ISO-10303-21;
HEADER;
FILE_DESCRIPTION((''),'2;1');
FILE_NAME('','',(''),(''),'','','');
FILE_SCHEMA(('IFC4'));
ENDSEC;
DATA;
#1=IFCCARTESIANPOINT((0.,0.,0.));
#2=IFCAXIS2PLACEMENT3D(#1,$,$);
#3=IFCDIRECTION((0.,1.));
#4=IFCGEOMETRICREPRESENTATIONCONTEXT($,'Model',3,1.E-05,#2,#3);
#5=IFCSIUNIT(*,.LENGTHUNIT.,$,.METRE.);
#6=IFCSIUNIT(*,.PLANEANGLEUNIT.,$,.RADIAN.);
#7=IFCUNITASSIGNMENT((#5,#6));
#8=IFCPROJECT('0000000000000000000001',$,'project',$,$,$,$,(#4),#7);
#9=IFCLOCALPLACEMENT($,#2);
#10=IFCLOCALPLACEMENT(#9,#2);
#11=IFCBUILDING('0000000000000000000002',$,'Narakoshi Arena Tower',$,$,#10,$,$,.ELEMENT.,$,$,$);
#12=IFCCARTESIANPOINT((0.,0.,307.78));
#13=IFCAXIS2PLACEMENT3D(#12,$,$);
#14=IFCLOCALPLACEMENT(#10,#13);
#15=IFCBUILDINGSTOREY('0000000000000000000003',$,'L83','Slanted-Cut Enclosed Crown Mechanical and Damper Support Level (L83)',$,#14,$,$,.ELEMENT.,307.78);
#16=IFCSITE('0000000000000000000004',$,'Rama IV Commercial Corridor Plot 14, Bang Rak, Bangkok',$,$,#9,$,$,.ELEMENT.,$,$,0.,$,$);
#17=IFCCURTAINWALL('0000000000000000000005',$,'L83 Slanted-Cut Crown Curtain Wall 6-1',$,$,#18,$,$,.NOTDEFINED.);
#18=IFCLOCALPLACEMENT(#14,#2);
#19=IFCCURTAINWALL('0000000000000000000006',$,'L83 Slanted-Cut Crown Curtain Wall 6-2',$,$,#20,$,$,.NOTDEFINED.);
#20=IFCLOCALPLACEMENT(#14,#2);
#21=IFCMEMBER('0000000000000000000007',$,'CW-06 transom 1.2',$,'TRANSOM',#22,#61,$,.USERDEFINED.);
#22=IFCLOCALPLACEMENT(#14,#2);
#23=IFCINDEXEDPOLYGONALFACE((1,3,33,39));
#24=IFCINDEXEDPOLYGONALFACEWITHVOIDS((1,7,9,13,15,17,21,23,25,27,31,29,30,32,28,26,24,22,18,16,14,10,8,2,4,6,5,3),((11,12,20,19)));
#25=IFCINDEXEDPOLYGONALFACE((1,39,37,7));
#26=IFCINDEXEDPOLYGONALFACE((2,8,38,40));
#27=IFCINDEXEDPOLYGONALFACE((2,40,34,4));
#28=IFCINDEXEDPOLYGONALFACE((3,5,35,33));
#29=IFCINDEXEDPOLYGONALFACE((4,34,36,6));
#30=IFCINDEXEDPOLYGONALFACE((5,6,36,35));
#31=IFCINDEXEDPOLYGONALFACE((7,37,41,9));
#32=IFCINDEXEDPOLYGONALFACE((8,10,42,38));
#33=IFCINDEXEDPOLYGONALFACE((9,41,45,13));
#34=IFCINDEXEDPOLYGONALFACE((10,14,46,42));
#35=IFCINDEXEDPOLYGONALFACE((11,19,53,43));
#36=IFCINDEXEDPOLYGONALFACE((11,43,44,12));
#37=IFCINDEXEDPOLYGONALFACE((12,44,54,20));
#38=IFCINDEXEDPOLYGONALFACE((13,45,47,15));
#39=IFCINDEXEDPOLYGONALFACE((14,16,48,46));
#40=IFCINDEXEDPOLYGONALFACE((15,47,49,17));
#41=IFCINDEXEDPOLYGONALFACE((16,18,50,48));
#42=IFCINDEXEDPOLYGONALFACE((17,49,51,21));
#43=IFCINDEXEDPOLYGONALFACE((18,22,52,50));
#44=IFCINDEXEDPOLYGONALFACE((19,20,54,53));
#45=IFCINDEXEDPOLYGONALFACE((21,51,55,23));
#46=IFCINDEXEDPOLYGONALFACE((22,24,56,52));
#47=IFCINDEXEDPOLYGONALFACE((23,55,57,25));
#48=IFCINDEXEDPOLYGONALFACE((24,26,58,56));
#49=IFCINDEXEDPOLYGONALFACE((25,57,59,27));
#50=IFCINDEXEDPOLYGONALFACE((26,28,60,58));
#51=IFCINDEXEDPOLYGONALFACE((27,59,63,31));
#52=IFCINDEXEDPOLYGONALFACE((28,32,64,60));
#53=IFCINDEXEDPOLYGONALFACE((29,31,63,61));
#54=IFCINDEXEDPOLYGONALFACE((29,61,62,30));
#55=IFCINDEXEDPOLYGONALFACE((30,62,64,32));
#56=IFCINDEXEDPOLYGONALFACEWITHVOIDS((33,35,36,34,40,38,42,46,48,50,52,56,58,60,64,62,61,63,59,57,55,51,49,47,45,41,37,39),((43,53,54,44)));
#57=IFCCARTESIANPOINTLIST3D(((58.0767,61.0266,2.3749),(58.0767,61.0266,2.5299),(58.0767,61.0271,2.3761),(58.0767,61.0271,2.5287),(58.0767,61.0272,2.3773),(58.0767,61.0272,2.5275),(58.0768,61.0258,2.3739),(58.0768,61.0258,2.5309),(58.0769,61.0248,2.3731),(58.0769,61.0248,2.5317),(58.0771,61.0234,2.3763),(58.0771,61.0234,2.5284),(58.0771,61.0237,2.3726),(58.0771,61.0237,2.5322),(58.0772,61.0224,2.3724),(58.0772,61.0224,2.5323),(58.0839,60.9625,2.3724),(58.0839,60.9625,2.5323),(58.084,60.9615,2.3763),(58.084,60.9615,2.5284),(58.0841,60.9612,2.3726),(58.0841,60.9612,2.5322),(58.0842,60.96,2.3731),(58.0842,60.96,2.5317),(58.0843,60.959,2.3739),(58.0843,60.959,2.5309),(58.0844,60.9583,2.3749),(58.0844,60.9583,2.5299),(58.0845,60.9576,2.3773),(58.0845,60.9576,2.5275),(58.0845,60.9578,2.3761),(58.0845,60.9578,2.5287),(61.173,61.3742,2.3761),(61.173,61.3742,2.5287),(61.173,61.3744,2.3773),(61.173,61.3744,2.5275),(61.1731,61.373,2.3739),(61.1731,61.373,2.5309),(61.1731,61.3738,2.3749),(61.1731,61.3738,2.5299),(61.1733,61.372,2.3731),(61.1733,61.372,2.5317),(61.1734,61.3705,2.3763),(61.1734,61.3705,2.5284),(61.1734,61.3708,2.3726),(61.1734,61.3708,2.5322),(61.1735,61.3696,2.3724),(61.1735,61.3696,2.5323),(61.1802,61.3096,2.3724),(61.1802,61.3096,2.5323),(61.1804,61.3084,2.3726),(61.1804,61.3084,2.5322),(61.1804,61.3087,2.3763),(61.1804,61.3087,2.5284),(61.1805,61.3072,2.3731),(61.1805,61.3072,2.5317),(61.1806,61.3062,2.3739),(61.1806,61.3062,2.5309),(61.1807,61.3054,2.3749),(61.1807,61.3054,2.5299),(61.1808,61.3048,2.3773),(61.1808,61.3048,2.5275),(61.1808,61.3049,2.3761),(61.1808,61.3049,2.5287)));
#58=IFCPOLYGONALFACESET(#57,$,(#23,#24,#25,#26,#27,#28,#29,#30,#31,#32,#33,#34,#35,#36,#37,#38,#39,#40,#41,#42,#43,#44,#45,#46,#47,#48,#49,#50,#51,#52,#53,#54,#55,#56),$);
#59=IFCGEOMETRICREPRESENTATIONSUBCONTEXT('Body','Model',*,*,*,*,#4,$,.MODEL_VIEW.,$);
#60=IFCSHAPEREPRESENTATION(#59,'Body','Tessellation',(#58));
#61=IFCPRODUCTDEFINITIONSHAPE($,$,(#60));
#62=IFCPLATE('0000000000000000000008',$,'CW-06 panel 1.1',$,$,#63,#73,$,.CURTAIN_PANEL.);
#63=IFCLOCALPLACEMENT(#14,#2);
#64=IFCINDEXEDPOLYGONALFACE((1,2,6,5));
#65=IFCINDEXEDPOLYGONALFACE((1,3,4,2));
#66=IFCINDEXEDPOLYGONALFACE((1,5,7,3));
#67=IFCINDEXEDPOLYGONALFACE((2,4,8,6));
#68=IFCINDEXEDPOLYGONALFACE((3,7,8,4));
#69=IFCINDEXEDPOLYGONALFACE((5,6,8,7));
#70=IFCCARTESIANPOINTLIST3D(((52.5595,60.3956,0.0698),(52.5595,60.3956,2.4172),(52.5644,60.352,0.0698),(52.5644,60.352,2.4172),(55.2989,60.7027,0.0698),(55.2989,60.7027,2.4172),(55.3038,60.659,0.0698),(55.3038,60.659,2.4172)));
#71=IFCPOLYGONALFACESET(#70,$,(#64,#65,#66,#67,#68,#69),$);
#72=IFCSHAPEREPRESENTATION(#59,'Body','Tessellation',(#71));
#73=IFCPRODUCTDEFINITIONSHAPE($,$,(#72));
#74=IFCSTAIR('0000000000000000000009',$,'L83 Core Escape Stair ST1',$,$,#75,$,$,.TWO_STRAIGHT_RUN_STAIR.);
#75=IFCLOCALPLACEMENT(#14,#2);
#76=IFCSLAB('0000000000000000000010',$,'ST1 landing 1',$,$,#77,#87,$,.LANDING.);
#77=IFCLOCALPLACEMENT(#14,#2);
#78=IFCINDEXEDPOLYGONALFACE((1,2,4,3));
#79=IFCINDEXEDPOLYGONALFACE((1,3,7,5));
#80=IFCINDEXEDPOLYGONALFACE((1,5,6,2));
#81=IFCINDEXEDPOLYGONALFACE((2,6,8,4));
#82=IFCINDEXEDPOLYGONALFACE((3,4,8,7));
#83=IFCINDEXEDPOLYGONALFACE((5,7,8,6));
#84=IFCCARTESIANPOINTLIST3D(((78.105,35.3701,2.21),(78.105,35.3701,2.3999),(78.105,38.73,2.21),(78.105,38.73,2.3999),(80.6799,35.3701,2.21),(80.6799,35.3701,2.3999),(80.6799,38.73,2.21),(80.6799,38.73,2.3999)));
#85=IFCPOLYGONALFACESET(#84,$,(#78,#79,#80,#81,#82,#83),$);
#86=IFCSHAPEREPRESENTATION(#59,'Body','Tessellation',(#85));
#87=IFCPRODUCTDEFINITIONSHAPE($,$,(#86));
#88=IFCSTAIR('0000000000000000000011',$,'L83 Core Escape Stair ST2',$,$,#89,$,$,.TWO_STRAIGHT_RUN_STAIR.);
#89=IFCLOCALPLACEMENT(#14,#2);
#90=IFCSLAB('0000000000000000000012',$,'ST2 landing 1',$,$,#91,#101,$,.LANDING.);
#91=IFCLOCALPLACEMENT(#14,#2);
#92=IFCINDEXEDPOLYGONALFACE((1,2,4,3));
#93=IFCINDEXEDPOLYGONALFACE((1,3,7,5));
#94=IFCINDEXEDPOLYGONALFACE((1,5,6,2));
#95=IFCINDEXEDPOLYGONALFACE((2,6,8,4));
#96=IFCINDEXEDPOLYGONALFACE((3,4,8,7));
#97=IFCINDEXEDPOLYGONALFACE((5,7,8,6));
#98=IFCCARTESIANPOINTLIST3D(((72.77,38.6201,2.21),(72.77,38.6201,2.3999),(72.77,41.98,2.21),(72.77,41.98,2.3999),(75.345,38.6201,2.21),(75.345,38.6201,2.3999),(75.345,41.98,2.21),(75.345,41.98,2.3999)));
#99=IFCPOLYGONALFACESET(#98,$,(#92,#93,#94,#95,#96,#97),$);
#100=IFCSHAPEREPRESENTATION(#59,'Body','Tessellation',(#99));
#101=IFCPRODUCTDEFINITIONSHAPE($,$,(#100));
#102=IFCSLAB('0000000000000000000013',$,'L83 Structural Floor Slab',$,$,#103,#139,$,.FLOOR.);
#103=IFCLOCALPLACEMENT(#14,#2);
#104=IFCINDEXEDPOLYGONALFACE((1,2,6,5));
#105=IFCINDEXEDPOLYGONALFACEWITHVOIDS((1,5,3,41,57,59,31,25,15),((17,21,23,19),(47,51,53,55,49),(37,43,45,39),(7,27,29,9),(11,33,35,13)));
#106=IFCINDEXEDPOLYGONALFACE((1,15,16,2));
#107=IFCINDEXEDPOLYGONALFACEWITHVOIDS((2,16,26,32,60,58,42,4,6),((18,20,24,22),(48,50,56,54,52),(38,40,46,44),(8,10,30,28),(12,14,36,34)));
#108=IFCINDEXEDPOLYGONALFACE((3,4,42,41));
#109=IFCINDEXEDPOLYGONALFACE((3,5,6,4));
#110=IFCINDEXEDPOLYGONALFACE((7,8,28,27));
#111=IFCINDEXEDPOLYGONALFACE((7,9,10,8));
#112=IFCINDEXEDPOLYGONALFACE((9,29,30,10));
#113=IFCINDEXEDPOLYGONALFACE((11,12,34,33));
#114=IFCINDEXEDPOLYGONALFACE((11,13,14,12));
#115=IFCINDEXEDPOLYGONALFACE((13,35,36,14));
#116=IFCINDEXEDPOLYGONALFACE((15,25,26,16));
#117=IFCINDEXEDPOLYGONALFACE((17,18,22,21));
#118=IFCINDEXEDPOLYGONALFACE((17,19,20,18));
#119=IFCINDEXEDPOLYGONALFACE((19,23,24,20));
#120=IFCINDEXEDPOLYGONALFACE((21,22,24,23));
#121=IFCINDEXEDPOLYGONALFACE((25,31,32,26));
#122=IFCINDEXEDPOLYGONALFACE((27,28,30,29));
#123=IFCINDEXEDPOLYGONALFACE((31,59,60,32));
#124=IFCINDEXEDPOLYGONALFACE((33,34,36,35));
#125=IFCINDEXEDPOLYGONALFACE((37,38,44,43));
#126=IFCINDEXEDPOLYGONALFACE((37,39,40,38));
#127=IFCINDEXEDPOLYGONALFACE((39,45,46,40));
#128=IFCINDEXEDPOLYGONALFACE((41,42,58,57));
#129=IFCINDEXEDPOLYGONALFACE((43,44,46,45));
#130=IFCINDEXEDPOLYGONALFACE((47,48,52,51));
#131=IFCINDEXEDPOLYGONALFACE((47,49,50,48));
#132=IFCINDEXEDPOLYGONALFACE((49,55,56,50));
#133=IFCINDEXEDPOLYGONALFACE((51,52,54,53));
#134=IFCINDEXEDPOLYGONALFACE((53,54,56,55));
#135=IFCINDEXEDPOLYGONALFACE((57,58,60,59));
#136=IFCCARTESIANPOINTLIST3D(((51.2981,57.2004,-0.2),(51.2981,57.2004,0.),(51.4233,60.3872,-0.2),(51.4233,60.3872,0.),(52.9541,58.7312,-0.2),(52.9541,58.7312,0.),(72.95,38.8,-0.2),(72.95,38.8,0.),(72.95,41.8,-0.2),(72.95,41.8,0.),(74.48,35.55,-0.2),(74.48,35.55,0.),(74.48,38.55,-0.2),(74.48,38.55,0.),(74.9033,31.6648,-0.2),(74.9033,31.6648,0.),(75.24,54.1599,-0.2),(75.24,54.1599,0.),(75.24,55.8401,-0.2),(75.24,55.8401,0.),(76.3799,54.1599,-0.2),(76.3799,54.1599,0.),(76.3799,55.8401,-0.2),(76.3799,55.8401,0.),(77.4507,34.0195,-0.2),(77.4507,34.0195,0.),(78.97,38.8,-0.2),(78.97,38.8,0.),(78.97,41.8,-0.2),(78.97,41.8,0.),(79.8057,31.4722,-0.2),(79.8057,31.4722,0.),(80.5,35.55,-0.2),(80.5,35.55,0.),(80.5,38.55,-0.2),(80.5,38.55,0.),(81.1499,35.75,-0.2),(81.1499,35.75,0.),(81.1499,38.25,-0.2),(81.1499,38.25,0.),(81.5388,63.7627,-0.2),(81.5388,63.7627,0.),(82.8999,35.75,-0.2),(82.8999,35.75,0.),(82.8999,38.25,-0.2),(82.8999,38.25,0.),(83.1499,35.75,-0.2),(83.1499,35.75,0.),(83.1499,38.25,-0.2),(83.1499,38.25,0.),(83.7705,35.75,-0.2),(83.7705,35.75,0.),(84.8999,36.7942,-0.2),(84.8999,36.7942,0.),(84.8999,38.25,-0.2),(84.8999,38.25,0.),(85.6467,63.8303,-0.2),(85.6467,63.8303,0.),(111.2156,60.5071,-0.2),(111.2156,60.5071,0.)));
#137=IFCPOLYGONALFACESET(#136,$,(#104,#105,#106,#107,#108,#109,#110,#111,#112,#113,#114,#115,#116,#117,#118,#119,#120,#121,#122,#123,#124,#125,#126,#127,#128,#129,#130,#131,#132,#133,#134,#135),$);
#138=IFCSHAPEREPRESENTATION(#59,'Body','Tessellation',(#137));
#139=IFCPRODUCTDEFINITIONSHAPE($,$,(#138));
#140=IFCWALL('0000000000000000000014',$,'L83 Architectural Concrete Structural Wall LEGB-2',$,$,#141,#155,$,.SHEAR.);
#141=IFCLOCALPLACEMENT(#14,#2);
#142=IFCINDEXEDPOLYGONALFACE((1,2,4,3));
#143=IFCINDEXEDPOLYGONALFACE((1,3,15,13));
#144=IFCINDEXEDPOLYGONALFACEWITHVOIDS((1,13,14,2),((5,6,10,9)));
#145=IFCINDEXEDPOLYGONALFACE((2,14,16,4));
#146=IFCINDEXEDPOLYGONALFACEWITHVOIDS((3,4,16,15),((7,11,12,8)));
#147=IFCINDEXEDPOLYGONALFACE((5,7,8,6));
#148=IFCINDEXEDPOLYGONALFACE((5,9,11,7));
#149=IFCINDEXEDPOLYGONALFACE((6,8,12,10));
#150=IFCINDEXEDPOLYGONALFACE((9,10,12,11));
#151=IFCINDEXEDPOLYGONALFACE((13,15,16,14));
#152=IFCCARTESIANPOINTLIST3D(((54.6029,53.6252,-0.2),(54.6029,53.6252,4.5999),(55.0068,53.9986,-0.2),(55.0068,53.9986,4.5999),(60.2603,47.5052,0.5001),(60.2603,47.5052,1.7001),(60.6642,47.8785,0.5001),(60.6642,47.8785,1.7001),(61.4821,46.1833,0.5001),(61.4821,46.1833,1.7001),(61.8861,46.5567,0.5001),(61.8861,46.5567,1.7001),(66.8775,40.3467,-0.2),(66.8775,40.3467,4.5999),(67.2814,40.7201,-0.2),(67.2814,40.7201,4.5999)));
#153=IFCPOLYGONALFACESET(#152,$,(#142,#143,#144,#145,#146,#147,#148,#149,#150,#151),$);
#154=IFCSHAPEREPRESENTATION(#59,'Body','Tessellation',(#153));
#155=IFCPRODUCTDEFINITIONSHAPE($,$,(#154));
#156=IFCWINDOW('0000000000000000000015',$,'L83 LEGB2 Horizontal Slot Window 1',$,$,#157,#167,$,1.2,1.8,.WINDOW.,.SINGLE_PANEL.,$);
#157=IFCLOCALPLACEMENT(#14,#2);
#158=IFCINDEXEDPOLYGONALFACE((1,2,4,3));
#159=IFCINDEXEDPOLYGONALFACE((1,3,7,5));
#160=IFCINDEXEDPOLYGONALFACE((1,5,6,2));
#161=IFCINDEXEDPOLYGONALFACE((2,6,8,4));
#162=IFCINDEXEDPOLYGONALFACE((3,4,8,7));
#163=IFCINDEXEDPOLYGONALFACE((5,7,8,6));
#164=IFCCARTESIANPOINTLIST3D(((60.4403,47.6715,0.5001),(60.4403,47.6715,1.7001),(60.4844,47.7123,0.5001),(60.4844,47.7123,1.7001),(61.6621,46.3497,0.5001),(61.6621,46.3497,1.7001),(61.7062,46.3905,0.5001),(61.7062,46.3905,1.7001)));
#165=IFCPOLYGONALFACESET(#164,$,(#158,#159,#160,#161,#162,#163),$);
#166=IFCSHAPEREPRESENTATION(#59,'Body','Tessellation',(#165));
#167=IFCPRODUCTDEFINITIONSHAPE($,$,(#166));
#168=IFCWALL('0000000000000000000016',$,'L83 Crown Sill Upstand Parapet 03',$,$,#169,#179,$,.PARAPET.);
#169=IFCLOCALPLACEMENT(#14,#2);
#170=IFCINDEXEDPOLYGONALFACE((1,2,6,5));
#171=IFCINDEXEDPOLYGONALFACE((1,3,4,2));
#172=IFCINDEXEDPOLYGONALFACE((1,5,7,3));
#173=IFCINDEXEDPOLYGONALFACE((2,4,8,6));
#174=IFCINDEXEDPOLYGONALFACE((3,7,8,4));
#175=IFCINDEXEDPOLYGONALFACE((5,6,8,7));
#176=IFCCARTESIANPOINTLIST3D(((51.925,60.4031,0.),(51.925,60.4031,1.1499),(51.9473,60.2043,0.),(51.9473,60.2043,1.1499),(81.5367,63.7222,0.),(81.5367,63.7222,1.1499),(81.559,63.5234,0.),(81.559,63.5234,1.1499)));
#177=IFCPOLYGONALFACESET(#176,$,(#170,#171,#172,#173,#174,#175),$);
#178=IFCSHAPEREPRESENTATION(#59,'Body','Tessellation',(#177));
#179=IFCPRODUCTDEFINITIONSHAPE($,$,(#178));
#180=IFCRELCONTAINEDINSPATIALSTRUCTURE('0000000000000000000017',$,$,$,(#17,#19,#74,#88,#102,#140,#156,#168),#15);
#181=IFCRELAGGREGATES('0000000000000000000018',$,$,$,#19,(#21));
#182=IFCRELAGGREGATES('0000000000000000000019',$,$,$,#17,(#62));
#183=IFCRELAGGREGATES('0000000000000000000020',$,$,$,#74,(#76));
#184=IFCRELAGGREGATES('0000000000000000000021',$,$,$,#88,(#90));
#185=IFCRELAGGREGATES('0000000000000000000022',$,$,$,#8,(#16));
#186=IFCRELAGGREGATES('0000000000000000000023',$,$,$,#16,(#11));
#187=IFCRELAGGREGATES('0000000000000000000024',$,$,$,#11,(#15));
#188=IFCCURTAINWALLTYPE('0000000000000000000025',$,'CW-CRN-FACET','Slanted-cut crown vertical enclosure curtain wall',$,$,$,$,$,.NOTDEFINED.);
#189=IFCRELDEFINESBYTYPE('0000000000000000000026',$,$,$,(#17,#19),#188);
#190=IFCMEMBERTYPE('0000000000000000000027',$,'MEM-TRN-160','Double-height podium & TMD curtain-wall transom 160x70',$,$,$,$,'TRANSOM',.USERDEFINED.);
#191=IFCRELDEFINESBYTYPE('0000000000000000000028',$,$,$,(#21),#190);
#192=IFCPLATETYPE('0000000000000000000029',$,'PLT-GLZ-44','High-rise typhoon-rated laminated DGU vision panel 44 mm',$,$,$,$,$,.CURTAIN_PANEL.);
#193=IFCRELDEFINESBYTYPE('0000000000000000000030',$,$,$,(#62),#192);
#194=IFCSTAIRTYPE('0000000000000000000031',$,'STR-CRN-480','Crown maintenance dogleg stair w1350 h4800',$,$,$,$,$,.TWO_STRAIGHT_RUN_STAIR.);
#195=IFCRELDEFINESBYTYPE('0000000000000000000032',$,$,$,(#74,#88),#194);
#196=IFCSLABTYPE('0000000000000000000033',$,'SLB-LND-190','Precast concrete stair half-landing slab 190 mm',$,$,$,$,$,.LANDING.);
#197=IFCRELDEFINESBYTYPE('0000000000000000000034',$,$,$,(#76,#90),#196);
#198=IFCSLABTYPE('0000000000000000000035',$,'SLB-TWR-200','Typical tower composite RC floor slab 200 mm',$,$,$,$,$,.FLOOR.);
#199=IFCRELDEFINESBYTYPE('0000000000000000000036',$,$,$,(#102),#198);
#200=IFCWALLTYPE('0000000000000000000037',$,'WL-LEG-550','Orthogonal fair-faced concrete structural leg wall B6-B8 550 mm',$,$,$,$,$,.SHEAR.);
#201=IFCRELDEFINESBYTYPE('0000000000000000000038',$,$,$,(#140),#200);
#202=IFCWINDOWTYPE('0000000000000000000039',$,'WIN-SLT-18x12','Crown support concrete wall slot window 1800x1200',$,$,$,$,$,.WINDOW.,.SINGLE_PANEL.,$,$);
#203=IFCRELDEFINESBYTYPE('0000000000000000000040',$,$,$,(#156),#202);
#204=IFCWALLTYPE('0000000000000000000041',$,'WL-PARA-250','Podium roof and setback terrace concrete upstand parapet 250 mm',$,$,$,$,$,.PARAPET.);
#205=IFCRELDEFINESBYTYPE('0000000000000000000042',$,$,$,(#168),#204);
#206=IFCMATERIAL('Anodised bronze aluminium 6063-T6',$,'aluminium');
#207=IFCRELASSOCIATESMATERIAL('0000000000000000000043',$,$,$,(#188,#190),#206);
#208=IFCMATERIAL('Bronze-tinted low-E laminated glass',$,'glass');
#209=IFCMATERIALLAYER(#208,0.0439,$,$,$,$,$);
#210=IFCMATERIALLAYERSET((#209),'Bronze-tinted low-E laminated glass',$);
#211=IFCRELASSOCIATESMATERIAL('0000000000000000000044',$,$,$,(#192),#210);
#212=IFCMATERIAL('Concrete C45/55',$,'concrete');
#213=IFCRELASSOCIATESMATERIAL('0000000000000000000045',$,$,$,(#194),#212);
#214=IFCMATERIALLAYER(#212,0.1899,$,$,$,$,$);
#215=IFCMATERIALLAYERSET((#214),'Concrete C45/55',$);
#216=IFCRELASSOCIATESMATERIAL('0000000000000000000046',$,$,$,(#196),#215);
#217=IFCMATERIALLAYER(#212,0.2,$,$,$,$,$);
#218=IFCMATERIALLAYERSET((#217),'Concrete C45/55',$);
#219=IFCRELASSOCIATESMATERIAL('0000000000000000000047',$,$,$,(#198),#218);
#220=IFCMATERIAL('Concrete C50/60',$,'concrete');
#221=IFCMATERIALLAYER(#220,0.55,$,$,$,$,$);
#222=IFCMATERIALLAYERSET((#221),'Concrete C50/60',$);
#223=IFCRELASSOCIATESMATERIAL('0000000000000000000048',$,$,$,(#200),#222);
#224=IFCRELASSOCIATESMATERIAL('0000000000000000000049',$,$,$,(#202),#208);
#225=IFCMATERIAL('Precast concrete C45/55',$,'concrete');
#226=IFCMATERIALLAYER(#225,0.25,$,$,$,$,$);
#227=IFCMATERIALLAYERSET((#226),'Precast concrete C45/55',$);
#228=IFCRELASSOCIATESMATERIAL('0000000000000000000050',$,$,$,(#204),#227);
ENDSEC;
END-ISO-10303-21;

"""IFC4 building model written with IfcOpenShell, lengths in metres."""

from ifc_helpers import new_model, si_unit, direction, frame, frame_2d, origin, origin_2d, place, context, subcontext, project, spatial, polyline, rectangle, hollow_rectangle, outline, extrude, material, layer, layer_set, material_profile, profile_set, type_object, element, fill, aggregate, save


model = new_model("IFC4")

# Units and contexts
model_context = context("Model", 3, precision=1e-05, world=origin(), true_north=direction((0.0, 1.0)))
body_context = subcontext(model_context, "Body", "Model", "MODEL_VIEW")
ifc_project = project(units=[si_unit("LENGTHUNIT", "METRE"), si_unit("PLANEANGLEUNIT", "RADIAN")], contexts=[model_context])

# Site, building, storey
site_placement = place(None, origin())
site = spatial("IfcSite", under=ifc_project, at=site_placement, Name="Rama IV Commercial Corridor Plot 14, Bang Rak, Bangkok", CompositionType="ELEMENT", RefElevation=0.0)
building_placement = place(site_placement, origin())
building = spatial("IfcBuilding", under=site, at=building_placement, Name="Narakoshi Arena Tower", CompositionType="ELEMENT")
storey_placement = place(building_placement, frame((0.0, 0.0, 307.78)))
storey = spatial("IfcBuildingStorey", under=building, at=storey_placement, Name="L83", Description="Slanted-Cut Enclosed Crown Mechanical and Damper Support Level (L83)", CompositionType="ELEMENT", Elevation=307.78)

# Curtain wall
ifc_material_1 = material(Name="Anodised bronze aluminium 6063-T6", Category="aluminium")
curtain_wall_type = type_object("IfcCurtainWallType", Name="CW-CRN-FACET", Description="Slanted-cut crown vertical enclosure curtain wall", PredefinedType="NOTDEFINED", material=ifc_material_1)
curtain_wall_1_placement = place(storey_placement, origin())
curtain_wall_1 = element("IfcCurtainWall", 1, at=curtain_wall_1_placement, inside=storey, type_object=curtain_wall_type, Name="L83 Slanted-Cut Crown Curtain Wall 6-1", PredefinedType="NOTDEFINED")

# Curtain wall
curtain_wall_2_placement = place(storey_placement, origin())
curtain_wall_2 = element("IfcCurtainWall", 2, at=curtain_wall_2_placement, inside=storey, type_object=curtain_wall_type, Name="L83 Slanted-Cut Crown Curtain Wall 6-2", PredefinedType="NOTDEFINED")

# Member
ifc_material_profile_1 = material_profile(ifc_material_1, hollow_rectangle(XDim=0.0701, YDim=0.1599, WallThickness=0.0039, OuterFilletRadius=0.0049, at=origin_2d()), Name="TRN160x70x4")
ifc_profile_set_1 = profile_set([ifc_material_profile_1], Name="Anodised bronze aluminium 6063-T6")
member_type_1 = type_object("IfcMemberType", Name="MEM-TRN-160", Description="Double-height podium & TMD curtain-wall transom 160x70", ElementType="TRANSOM", PredefinedType="USERDEFINED", material=ifc_profile_set_1)
member_1_placement = place(storey_placement, frame((58.0806, 60.9924, 2.4524), z_axis=(0.993773, 0.11142, 0.0), x_axis=(-0.11142, 0.993773, 0.0)))
member_1 = element("IfcMember", 3, at=member_1_placement, type_object=member_type_1, Name="CW-06 transom 1.2", ObjectType="TRANSOM", PredefinedType="USERDEFINED", context=body_context, shape_type="SweptSolid", body=[
    extrude(hollow_rectangle(XDim=0.0701, YDim=0.1599, WallThickness=0.0039, OuterFilletRadius=0.0049, at=origin_2d()), origin(), (0.0, 0.0, 1.0), 3.1157),
])
aggregate(curtain_wall_2, [member_1])

# Plate
ifc_material_2 = material(Name="Bronze-tinted low-E laminated glass", Category="glass")
ifc_layer_1 = layer(ifc_material_2, 0.0439)
ifc_layer_set_1 = layer_set([ifc_layer_1], Name="Bronze-tinted low-E laminated glass")
plate_type = type_object("IfcPlateType", Name="PLT-GLZ-44", Description="High-rise typhoon-rated laminated DGU vision panel 44 mm", PredefinedType="CURTAIN_PANEL", material=ifc_layer_set_1)
plate_placement = place(storey_placement, frame((53.9316, 60.5273, 0.0698), z_axis=(0.0, 0.0, 1.0), x_axis=(0.993776, 0.111395, 0.0)))
plate = element("IfcPlate", 4, at=plate_placement, type_object=plate_type, Name="CW-06 panel 1.1", PredefinedType="CURTAIN_PANEL", context=body_context, shape_type="SweptSolid", body=[
    extrude(rectangle(XDim=2.7566, YDim=0.0439, at=origin_2d()), origin(), (0.0, 0.0, 1.0), 2.3474),
])
aggregate(curtain_wall_1, [plate])

# Stairs, slabs
ifc_material_3 = material(Name="Concrete C45/55", Category="concrete")
stair_type = type_object("IfcStairType", Name="STR-CRN-480", Description="Crown maintenance dogleg stair w1350 h4800", PredefinedType="TWO_STRAIGHT_RUN_STAIR", material=ifc_material_3)
stair_1_placement = place(storey_placement, origin())
stair_1 = element("IfcStair", 5, at=stair_1_placement, inside=storey, type_object=stair_type, Name="L83 Core Escape Stair ST1", PredefinedType="TWO_STRAIGHT_RUN_STAIR")
ifc_layer_2 = layer(ifc_material_3, 0.1899)
ifc_layer_set_2 = layer_set([ifc_layer_2], Name="Concrete C45/55")
slab_type_1 = type_object("IfcSlabType", Name="SLB-LND-190", Description="Precast concrete stair half-landing slab 190 mm", PredefinedType="LANDING", material=ifc_layer_set_2)
slab_1_placement = place(storey_placement, frame((0.0, 0.0, 2.21)))
slab_1 = element("IfcSlab", 6, at=slab_1_placement, type_object=slab_type_1, Name="ST1 landing 1", PredefinedType="LANDING", context=body_context, shape_type="SweptSolid", body=[
    extrude(outline(polyline([(78.105, 35.3701), (80.6799, 35.3701), (80.6799, 38.73), (78.105, 38.73), (78.105, 35.3701)])), origin(), (0.0, 0.0, 1.0), 0.1899),
])
aggregate(stair_1, [slab_1])
stair_2_placement = place(storey_placement, origin())
stair_2 = element("IfcStair", 7, at=stair_2_placement, inside=storey, type_object=stair_type, Name="L83 Core Escape Stair ST2", PredefinedType="TWO_STRAIGHT_RUN_STAIR")
slab_2_placement = place(storey_placement, frame((0.0, 0.0, 2.21)))
slab_2 = element("IfcSlab", 8, at=slab_2_placement, type_object=slab_type_1, Name="ST2 landing 1", PredefinedType="LANDING", context=body_context, shape_type="SweptSolid", body=[
    extrude(outline(polyline([(72.77, 38.6201), (75.345, 38.6201), (75.345, 41.98), (72.77, 41.98), (72.77, 38.6201)])), origin(), (0.0, 0.0, 1.0), 0.1899),
])
aggregate(stair_2, [slab_2])

# Slab
ifc_layer_3 = layer(ifc_material_3, 0.2)
ifc_layer_set_3 = layer_set([ifc_layer_3], Name="Concrete C45/55")
slab_type_2 = type_object("IfcSlabType", Name="SLB-TWR-200", Description="Typical tower composite RC floor slab 200 mm", PredefinedType="FLOOR", material=ifc_layer_set_3)
slab_3_placement = place(storey_placement, frame((0.0, 0.0, -0.2)))
element("IfcSlab", 9, at=slab_3_placement, inside=storey, type_object=slab_type_2, Name="L83 Structural Floor Slab", PredefinedType="FLOOR", context=body_context, shape_type="SweptSolid", body=[
    extrude(outline(polyline([(79.8057, 31.4722), (77.4507, 34.0195), (74.9033, 31.6648), (51.2981, 57.2004), (52.9541, 58.7312), (51.4233, 60.3872), (81.5388, 63.7627), (85.6467, 63.8303), (111.2156, 60.5071), (79.8057, 31.4722)]), holes=[polyline([(80.5, 38.55), (80.5, 35.55), (74.48, 35.55), (74.48, 38.55), (80.5, 38.55)]), polyline([(82.8999, 38.25), (82.8999, 35.75), (81.1499, 35.75), (81.1499, 38.25), (82.8999, 38.25)]), polyline([(84.8999, 38.25), (84.8999, 36.7942), (83.7705, 35.75), (83.1499, 35.75), (83.1499, 38.25), (84.8999, 38.25)]), polyline([(78.97, 38.8), (72.95, 38.8), (72.95, 41.8), (78.97, 41.8), (78.97, 38.8)]), polyline([(76.3799, 54.1599), (75.24, 54.1599), (75.24, 55.8401), (76.3799, 55.8401), (76.3799, 54.1599)])]), origin(), (0.0, 0.0, 1.0), 0.2),
])

# Wall, opening, window
ifc_material_4 = material(Name="Concrete C50/60", Category="concrete")
ifc_layer_4 = layer(ifc_material_4, 0.55)
ifc_layer_set_4 = layer_set([ifc_layer_4], Name="Concrete C50/60")
wall_type_1 = type_object("IfcWallType", Name="WL-LEG-550", Description="Orthogonal fair-faced concrete structural leg wall B6-B8 550 mm", PredefinedType="SHEAR", material=ifc_layer_set_4)
wall_1_placement = place(storey_placement, frame((54.8049, 53.812, -0.2), z_axis=(0.0, 0.0, 1.0), x_axis=(0.678803, -0.73432, 0.0)))
wall_1 = element("IfcWall", 10, at=wall_1_placement, inside=storey, type_object=wall_type_1, Name="L83 Architectural Concrete Structural Wall LEGB-2", PredefinedType="SHEAR", context=body_context, shape_type="SweptSolid", body=[
    extrude(outline(polyline([(0.0, 0.0), (18.0828, 0.0), (18.0828, 4.7998), (0.0, 4.7998), (0.0, 0.0)])), frame((0.0, 0.2749, 0.0), z_axis=(0.0, -1.0, 0.0), x_axis=(1.0, 0.0, 0.0)), (0.0, 0.0, 1.0), 0.55),
])
opening_1_placement = place(wall_1_placement, frame((8.3345, 0.0, 0.7)))
opening_1 = element("IfcOpeningElement", 11, at=opening_1_placement, cuts=wall_1, PredefinedType="OPENING", context=body_context, shape_type="SweptSolid", body=[
    extrude(rectangle(XDim=1.8, YDim=1.2, at=frame_2d((0.8999, 0.6001))), frame((0.0, 0.2849, 0.0), z_axis=(0.0, -1.0, 0.0), x_axis=(1.0, 0.0, 0.0)), (0.0, 0.0, 1.0), 0.5701),
])
window_type = type_object("IfcWindowType", Name="WIN-SLT-18x12", Description="Crown support concrete wall slot window 1800x1200", PartitioningType="SINGLE_PANEL", PredefinedType="WINDOW", material=ifc_material_2)
window_1_placement = place(opening_1_placement, origin())
window_1 = element("IfcWindow", 12, at=window_1_placement, inside=storey, type_object=window_type, Name="L83 LEGB2 Horizontal Slot Window 1", OverallHeight=1.2, OverallWidth=1.8, PartitioningType="SINGLE_PANEL", PredefinedType="WINDOW", context=body_context, shape_type="SweptSolid", body=[
    extrude(rectangle(XDim=1.8, YDim=1.2, at=frame_2d((0.8999, 0.6001))), frame((0.0, 0.03, 0.0), z_axis=(0.0, -1.0, 0.0), x_axis=(1.0, 0.0, 0.0)), (0.0, 0.0, 1.0), 0.0601),
])
fill(opening_1, window_1)

# Wall
ifc_material_5 = material(Name="Precast concrete C45/55", Category="concrete")
ifc_layer_5 = layer(ifc_material_5, 0.25)
ifc_layer_set_5 = layer_set([ifc_layer_5], Name="Precast concrete C45/55")
wall_type_2 = type_object("IfcWallType", Name="WL-PARA-250", Description="Podium roof and setback terrace concrete upstand parapet 250 mm", PredefinedType="PARAPET", material=ifc_layer_set_5)
wall_2_placement = place(storey_placement, frame((51.9363, 60.3037, 0.0), z_axis=(0.0, 0.0, 1.0), x_axis=(0.993777, 0.11139, 0.0)))
element("IfcWall", 13, at=wall_2_placement, inside=storey, type_object=wall_type_2, Name="L83 Crown Sill Upstand Parapet 03", PredefinedType="PARAPET", context=body_context, shape_type="SweptSolid", body=[
    extrude(rectangle(XDim=29.7971, YDim=0.2, at=frame_2d((14.8984, 0.0))), origin(), (0.0, 0.0, 1.0), 1.1499),
])

save(model, "model.ifc")
